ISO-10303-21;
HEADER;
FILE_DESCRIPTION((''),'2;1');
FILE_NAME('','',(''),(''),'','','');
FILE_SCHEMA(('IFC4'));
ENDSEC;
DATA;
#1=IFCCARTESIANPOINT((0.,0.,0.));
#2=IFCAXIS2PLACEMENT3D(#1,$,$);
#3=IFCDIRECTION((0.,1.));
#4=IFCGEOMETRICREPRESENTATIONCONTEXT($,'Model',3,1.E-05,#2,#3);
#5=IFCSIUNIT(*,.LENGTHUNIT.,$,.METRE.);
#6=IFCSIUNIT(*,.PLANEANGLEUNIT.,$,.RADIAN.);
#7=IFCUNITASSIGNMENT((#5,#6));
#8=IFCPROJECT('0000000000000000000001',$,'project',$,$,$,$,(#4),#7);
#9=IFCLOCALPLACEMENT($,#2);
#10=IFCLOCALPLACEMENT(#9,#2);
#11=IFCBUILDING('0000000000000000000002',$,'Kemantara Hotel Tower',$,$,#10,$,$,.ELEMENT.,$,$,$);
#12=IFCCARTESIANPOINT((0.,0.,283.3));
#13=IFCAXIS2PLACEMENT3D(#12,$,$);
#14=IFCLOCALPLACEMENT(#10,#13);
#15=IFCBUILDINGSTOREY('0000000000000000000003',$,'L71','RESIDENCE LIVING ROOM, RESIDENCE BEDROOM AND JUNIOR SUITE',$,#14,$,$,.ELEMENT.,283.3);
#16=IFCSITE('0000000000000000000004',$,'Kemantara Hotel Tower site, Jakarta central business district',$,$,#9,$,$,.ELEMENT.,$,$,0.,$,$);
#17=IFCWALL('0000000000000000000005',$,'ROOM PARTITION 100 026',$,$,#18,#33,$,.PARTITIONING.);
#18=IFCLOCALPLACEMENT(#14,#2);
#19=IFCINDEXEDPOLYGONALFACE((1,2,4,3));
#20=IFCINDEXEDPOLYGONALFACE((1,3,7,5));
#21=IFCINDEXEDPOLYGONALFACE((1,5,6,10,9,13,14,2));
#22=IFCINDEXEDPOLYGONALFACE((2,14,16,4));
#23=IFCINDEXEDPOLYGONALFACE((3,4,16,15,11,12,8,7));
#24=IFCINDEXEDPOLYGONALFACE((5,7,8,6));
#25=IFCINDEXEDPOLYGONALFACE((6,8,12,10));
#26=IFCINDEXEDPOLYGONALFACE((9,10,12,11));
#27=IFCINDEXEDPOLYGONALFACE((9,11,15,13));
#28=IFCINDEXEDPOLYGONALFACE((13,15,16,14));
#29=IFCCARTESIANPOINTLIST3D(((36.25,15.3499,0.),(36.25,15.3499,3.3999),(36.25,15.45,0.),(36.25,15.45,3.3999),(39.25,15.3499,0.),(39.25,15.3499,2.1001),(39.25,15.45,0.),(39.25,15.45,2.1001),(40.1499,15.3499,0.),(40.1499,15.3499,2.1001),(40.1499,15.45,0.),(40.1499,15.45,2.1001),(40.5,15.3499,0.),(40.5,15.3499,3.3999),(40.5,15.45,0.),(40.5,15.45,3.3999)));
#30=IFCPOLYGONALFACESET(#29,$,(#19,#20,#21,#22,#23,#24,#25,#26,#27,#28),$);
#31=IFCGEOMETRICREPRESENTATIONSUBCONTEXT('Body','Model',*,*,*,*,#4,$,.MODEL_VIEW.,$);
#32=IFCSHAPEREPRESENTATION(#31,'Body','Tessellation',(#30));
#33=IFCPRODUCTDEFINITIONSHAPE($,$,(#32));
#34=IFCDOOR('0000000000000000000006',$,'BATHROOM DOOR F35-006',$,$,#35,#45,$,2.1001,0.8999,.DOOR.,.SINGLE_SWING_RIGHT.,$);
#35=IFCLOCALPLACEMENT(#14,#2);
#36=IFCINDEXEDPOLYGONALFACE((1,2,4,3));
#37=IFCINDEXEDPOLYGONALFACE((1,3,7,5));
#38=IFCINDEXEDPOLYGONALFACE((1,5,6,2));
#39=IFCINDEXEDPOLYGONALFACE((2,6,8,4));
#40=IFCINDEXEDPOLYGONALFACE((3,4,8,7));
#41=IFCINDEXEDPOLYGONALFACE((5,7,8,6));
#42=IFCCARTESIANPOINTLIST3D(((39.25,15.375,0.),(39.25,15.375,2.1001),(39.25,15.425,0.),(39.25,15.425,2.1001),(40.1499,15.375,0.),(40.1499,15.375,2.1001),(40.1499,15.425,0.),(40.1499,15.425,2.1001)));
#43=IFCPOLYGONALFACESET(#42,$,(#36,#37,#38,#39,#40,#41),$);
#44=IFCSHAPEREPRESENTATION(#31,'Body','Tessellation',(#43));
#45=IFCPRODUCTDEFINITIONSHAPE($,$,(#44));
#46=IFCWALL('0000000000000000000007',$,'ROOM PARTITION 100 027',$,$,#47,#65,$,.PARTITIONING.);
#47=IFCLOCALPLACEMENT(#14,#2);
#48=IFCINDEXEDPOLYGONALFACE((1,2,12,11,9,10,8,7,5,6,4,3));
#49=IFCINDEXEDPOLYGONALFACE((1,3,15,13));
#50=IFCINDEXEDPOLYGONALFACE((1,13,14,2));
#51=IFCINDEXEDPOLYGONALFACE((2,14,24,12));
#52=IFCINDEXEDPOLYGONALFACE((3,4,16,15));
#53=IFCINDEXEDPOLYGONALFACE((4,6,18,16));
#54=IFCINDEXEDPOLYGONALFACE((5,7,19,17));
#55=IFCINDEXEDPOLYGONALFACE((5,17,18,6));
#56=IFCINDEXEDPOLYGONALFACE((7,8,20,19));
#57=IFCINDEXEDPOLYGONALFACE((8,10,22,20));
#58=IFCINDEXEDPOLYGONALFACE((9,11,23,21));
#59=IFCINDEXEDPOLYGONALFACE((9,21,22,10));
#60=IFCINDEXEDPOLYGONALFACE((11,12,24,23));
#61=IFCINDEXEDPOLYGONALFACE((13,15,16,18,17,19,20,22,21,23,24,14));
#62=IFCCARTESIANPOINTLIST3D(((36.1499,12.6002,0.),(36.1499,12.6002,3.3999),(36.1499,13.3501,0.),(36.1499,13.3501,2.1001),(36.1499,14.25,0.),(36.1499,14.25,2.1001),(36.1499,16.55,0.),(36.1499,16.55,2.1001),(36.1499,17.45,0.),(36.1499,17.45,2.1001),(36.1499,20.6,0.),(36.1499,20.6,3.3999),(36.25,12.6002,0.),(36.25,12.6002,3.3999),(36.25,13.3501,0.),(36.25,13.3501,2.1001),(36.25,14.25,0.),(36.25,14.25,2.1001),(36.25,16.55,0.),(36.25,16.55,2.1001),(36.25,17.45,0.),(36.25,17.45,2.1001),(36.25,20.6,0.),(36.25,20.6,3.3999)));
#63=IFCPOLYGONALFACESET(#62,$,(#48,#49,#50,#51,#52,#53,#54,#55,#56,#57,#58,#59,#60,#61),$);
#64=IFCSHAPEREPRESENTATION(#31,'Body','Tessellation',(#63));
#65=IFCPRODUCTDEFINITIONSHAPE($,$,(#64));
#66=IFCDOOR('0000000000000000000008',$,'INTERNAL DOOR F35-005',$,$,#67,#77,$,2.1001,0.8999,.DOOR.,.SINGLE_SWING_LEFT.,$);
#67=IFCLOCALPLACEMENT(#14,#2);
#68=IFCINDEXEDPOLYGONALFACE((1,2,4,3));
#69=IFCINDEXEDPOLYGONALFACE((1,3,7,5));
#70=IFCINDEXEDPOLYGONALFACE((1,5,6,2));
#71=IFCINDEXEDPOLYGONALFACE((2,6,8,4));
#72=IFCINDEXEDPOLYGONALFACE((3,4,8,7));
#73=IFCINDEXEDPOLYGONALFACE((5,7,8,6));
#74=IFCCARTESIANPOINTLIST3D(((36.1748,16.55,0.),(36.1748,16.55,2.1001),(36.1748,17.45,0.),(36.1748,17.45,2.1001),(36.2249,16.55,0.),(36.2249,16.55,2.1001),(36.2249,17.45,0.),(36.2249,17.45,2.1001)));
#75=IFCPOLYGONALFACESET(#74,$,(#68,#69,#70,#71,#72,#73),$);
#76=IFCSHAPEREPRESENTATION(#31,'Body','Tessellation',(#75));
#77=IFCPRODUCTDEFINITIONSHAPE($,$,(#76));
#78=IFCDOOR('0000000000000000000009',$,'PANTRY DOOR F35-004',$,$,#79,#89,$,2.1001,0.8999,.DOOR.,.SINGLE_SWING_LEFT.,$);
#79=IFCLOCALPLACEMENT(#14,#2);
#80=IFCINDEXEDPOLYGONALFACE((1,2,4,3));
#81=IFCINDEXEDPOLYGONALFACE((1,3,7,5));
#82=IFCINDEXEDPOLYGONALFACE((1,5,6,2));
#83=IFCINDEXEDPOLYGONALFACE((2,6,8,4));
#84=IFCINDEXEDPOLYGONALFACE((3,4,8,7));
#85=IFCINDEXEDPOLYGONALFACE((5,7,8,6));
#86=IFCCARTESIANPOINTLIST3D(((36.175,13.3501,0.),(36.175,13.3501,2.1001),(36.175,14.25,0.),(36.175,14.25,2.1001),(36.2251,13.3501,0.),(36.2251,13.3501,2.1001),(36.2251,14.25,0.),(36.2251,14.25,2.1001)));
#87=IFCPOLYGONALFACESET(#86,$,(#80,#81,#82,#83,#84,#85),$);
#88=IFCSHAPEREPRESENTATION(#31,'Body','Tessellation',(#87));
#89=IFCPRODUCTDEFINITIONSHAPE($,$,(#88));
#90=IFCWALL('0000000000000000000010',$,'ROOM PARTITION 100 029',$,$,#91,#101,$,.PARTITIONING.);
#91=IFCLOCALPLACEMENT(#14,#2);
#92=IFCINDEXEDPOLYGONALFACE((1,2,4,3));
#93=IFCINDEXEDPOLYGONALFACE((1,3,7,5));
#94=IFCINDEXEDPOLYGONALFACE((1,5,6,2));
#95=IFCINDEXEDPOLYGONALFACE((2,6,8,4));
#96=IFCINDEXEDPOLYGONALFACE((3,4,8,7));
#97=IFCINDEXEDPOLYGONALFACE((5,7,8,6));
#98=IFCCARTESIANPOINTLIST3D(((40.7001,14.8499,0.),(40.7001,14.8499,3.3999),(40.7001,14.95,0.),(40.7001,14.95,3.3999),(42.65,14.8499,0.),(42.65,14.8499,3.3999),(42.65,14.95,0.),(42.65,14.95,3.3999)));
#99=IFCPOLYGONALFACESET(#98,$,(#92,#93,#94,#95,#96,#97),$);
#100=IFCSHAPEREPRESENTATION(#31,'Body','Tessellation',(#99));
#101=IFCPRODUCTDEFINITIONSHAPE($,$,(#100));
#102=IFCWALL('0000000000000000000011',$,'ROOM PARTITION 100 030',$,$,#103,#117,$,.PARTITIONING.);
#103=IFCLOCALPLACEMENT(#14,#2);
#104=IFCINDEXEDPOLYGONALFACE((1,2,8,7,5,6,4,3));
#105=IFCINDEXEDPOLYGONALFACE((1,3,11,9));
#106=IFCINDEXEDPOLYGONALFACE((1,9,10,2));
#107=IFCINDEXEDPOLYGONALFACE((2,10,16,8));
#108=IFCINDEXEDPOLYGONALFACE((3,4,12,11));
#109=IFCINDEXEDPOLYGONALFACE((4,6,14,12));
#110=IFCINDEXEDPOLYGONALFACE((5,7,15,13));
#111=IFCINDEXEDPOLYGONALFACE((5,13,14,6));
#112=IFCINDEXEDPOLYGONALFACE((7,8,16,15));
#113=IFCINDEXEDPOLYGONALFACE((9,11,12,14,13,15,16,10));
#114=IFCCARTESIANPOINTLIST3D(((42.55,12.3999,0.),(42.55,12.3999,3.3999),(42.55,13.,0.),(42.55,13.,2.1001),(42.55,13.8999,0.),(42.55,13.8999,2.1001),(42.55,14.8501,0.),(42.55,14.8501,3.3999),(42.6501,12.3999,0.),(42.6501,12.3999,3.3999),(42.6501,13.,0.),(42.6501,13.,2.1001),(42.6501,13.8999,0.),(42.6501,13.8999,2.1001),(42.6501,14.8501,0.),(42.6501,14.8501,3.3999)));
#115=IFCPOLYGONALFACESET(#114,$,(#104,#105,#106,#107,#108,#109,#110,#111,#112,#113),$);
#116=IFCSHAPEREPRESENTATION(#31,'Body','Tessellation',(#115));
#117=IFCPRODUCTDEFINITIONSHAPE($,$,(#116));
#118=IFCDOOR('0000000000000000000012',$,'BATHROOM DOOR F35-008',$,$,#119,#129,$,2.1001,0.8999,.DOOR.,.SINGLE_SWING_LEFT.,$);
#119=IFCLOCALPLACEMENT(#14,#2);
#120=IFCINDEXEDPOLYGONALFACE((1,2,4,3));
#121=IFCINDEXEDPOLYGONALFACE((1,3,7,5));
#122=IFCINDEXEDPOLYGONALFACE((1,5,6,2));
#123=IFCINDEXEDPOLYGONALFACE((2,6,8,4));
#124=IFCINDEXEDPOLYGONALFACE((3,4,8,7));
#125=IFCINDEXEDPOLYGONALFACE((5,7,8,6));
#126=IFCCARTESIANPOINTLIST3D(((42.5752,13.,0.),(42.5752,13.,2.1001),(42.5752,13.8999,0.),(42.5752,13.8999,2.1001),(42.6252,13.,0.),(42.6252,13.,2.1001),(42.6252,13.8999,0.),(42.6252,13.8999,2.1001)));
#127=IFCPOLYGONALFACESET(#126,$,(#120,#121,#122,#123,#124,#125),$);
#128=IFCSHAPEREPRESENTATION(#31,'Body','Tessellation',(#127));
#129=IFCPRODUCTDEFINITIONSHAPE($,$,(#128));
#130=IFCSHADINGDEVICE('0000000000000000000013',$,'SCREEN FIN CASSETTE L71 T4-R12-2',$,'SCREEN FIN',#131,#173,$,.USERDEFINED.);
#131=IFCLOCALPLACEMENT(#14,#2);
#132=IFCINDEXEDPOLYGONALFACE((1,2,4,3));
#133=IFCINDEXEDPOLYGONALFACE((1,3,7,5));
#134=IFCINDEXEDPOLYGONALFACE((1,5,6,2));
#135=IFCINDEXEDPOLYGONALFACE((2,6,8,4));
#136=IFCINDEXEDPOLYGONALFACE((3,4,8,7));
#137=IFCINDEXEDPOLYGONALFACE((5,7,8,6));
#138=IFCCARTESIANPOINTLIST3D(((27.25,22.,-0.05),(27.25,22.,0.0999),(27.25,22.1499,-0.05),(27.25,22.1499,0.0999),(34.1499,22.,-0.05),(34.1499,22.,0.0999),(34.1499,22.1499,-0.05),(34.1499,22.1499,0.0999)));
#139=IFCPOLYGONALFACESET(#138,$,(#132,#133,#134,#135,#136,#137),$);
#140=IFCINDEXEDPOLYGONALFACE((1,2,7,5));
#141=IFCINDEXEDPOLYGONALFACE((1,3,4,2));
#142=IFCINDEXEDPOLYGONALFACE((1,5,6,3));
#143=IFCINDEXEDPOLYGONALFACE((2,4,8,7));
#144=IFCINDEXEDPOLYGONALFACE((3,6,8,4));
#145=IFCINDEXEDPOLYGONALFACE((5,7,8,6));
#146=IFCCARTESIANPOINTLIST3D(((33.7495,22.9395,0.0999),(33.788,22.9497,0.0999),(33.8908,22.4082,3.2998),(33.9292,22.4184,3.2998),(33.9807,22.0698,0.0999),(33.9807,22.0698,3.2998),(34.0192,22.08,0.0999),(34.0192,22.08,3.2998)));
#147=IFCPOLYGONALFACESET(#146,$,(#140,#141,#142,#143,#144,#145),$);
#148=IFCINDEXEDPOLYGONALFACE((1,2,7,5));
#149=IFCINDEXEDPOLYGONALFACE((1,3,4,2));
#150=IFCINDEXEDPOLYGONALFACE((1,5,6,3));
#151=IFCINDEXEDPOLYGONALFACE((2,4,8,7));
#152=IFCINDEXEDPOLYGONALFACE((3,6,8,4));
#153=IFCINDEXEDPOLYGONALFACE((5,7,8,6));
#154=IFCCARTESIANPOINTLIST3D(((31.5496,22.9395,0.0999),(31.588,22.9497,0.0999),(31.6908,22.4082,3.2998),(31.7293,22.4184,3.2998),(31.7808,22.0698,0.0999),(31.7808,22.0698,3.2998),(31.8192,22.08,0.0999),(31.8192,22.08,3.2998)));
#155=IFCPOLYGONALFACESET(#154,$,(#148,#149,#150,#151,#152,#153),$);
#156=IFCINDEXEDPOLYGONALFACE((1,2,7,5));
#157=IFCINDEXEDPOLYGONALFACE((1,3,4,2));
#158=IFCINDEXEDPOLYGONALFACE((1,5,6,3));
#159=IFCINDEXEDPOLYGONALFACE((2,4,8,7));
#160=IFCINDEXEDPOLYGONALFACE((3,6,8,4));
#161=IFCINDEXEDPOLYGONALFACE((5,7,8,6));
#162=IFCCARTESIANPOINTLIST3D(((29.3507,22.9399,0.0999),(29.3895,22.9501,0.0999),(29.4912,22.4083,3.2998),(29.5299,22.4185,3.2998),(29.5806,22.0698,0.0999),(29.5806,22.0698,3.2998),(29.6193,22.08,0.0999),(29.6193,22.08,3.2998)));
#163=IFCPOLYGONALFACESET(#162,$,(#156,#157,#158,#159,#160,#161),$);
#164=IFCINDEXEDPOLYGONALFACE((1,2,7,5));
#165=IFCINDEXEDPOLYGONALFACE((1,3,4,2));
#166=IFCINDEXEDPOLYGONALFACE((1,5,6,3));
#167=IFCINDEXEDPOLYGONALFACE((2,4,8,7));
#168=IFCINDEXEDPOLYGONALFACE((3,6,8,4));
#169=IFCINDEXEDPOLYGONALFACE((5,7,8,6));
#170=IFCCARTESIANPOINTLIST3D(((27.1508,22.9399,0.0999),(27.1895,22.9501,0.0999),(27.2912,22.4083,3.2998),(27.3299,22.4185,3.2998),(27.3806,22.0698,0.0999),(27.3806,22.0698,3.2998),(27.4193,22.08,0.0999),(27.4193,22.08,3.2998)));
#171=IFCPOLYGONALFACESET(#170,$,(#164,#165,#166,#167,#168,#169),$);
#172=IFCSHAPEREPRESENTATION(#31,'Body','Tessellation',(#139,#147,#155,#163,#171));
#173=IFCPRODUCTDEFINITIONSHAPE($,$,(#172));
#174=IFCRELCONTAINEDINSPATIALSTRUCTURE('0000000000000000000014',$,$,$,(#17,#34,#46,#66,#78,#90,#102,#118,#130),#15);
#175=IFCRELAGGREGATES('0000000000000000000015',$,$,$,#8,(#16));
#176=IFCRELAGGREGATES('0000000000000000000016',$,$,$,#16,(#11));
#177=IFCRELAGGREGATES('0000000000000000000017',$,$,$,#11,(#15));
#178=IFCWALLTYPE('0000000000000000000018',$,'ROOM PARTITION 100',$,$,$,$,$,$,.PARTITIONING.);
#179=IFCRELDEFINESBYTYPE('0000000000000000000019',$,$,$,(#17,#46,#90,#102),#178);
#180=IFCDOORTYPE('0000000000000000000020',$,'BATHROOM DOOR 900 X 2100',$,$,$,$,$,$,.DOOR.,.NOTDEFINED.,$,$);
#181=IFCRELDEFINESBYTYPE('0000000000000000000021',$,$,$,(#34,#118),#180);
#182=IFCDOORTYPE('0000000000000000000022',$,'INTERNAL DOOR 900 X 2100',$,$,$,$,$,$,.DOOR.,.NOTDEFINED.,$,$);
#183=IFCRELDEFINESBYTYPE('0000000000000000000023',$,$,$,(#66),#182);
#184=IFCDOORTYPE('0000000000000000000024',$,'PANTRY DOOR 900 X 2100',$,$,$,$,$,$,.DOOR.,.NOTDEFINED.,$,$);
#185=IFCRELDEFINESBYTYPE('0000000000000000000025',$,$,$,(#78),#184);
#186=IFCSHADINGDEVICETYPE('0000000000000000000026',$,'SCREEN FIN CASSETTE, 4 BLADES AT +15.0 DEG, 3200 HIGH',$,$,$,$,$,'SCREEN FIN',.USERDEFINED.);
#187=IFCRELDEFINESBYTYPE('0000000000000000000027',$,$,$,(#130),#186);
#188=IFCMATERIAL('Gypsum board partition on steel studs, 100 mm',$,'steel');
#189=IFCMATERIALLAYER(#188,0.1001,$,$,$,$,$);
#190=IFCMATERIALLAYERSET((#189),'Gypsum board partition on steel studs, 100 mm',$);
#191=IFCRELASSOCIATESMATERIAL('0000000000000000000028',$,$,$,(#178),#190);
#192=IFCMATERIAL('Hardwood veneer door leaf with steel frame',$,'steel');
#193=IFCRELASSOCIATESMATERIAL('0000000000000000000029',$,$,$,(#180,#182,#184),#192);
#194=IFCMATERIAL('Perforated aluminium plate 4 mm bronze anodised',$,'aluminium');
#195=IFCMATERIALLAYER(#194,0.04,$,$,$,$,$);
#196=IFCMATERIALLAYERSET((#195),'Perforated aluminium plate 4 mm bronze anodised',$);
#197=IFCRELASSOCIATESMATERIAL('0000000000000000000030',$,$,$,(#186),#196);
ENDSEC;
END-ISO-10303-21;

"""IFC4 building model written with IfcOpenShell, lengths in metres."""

from ifc_helpers import new_model, si_unit, direction, frame, frame_2d, origin, origin_2d, place, context, subcontext, project, spatial, polyline, rectangle, outline, extrude, source, transform, mapped, material, layer, layer_set, type_object, element, fill, save


model = new_model("IFC4")

# Units and contexts
model_context = context("Model", 3, precision=1e-05, world=origin(), true_north=direction((0.0, 1.0)))
body_context = subcontext(model_context, "Body", "Model", "MODEL_VIEW")
ifc_project = project(units=[si_unit("LENGTHUNIT", "METRE"), si_unit("PLANEANGLEUNIT", "RADIAN")], contexts=[model_context])

# Site, building, storey
site_placement = place(None, origin())
site = spatial("IfcSite", under=ifc_project, at=site_placement, Name="Kemantara Hotel Tower site, Jakarta central business district", CompositionType="ELEMENT", RefElevation=0.0)
building_placement = place(site_placement, origin())
building = spatial("IfcBuilding", under=site, at=building_placement, Name="Kemantara Hotel Tower", CompositionType="ELEMENT")
storey_placement = place(building_placement, frame((0.0, 0.0, 283.3)))
storey = spatial("IfcBuildingStorey", under=building, at=storey_placement, Name="L71", Description="RESIDENCE LIVING ROOM, RESIDENCE BEDROOM AND JUNIOR SUITE", CompositionType="ELEMENT", Elevation=283.3)

# Wall, opening, door
ifc_material_1 = material(Name="Gypsum board partition on steel studs, 100 mm", Category="steel")
ifc_layer_1 = layer(ifc_material_1, 0.1001)
ifc_layer_set_1 = layer_set([ifc_layer_1], Name="Gypsum board partition on steel studs, 100 mm")
wall_type_1 = type_object("IfcWallType", Name="ROOM PARTITION 100", PredefinedType="PARTITIONING", material=ifc_layer_set_1)
ifc_material_2 = material(Name="Hardwood veneer door leaf with steel frame", Category="steel")
door_type_1 = type_object("IfcDoorType", Name="BATHROOM DOOR 900 X 2100", OperationType="NOTDEFINED", PredefinedType="DOOR", material=ifc_material_2)
wall_1_placement = place(storey_placement, frame((40.5, 15.3999, 0.0), z_axis=(0.0, 0.0, 1.0), x_axis=(-1.0, 0.0, 0.0)))
wall_1 = element("IfcWall", 1, at=wall_1_placement, inside=storey, type_object=wall_type_1, Name="ROOM PARTITION 100 026", PredefinedType="PARTITIONING", context=body_context, shape_type="SweptSolid", body=[
    extrude(rectangle(XDim=4.25, YDim=0.1001, at=frame_2d((2.125, 0.0))), origin(), (0.0, 0.0, 1.0), 3.3999),
])
opening_1_placement = place(wall_1_placement, frame((0.3501, 0.0, 0.0)))
opening_1 = element("IfcOpeningElement", 2, at=opening_1_placement, cuts=wall_1, PredefinedType="OPENING", context=body_context, shape_type="SweptSolid", body=[
    extrude(rectangle(XDim=0.8999, YDim=2.1001, at=frame_2d((0.45, 1.05))), frame((0.0, 0.0601, 0.0), z_axis=(0.0, -1.0, 0.0), x_axis=(1.0, 0.0, 0.0)), (0.0, 0.0, 1.0), 0.1201),
])
door_1_placement = place(opening_1_placement, origin())
door_1 = element("IfcDoor", 3, at=door_1_placement, inside=storey, type_object=door_type_1, Name="BATHROOM DOOR F35-006", OperationType="SINGLE_SWING_RIGHT", OverallHeight=2.1001, OverallWidth=0.8999, PredefinedType="DOOR", context=body_context, shape_type="SweptSolid", body=[
    extrude(rectangle(XDim=0.8999, YDim=2.1001, at=frame_2d((0.45, 1.05))), frame((0.0, 0.0249, 0.0), z_axis=(0.0, -1.0, 0.0), x_axis=(1.0, 0.0, 0.0)), (0.0, 0.0, 1.0), 0.05),
])
fill(opening_1, door_1)

# Wall, openings, doors
wall_2_placement = place(storey_placement, frame((36.2, 12.6001, 0.0), z_axis=(0.0, 0.0, 1.0), x_axis=(0.0, 1.0, 0.0)))
wall_2 = element("IfcWall", 4, at=wall_2_placement, inside=storey, type_object=wall_type_1, Name="ROOM PARTITION 100 027", PredefinedType="PARTITIONING", context=body_context, shape_type="SweptSolid", body=[
    extrude(rectangle(XDim=7.9998, YDim=0.1001, at=frame_2d((4.0, 0.0))), origin(), (0.0, 0.0, 1.0), 3.3999),
])
opening_2_placement = place(wall_2_placement, frame((0.75, 0.0, 0.0)))
opening_2 = element("IfcOpeningElement", 5, at=opening_2_placement, cuts=wall_2, PredefinedType="OPENING", context=body_context, shape_type="SweptSolid", body=[
    extrude(rectangle(XDim=0.8999, YDim=2.1001, at=frame_2d((0.45, 1.05))), frame((0.0, 0.0601, 0.0), z_axis=(0.0, -1.0, 0.0), x_axis=(1.0, 0.0, 0.0)), (0.0, 0.0, 1.0), 0.1201),
])
opening_3_placement = place(wall_2_placement, frame((3.95, 0.0, 0.0)))
opening_3 = element("IfcOpeningElement", 6, at=opening_3_placement, cuts=wall_2, PredefinedType="OPENING", context=body_context, shape_type="SweptSolid", body=[
    extrude(rectangle(XDim=0.8999, YDim=2.1001, at=frame_2d((0.45, 1.05))), frame((0.0, 0.0601, 0.0), z_axis=(0.0, -1.0, 0.0), x_axis=(1.0, 0.0, 0.0)), (0.0, 0.0, 1.0), 0.1201),
])
door_type_2 = type_object("IfcDoorType", Name="INTERNAL DOOR 900 X 2100", OperationType="NOTDEFINED", PredefinedType="DOOR", material=ifc_material_2)
door_2_placement = place(opening_3_placement, frame((0.8999, 0.0, 0.0), z_axis=(0.0, 0.0, 1.0), x_axis=(-1.0, 0.0, 0.0)))
door_2 = element("IfcDoor", 7, at=door_2_placement, inside=storey, type_object=door_type_2, Name="INTERNAL DOOR F35-005", OperationType="SINGLE_SWING_LEFT", OverallHeight=2.1001, OverallWidth=0.8999, PredefinedType="DOOR", context=body_context, shape_type="SweptSolid", body=[
    extrude(rectangle(XDim=0.8999, YDim=2.1001, at=frame_2d((0.45, 1.05))), frame((0.0, 0.0249, 0.0), z_axis=(0.0, -1.0, 0.0), x_axis=(1.0, 0.0, 0.0)), (0.0, 0.0, 1.0), 0.05),
])
fill(opening_3, door_2)
door_type_3 = type_object("IfcDoorType", Name="PANTRY DOOR 900 X 2100", OperationType="NOTDEFINED", PredefinedType="DOOR", material=ifc_material_2)
door_3_placement = place(opening_2_placement, origin())
door_3 = element("IfcDoor", 8, at=door_3_placement, inside=storey, type_object=door_type_3, Name="PANTRY DOOR F35-004", OperationType="SINGLE_SWING_LEFT", OverallHeight=2.1001, OverallWidth=0.8999, PredefinedType="DOOR", context=body_context, shape_type="SweptSolid", body=[
    extrude(rectangle(XDim=0.8999, YDim=2.1001, at=frame_2d((0.45, 1.05))), frame((0.0, 0.0249, 0.0), z_axis=(0.0, -1.0, 0.0), x_axis=(1.0, 0.0, 0.0)), (0.0, 0.0, 1.0), 0.05),
])
fill(opening_2, door_3)

# Wall
wall_3_placement = place(storey_placement, frame((40.7, 14.8999, 0.0), z_axis=(0.0, 0.0, 1.0), x_axis=(1.0, 0.0, 0.0)))
element("IfcWall", 9, at=wall_3_placement, inside=storey, type_object=wall_type_1, Name="ROOM PARTITION 100 029", PredefinedType="PARTITIONING", context=body_context, shape_type="SweptSolid", body=[
    extrude(rectangle(XDim=1.95, YDim=0.1001, at=frame_2d((0.9751, 0.0))), origin(), (0.0, 0.0, 1.0), 3.3999),
])

# Wall, opening, door
wall_4_placement = place(storey_placement, frame((42.6001, 12.3999, 0.0), z_axis=(0.0, 0.0, 1.0), x_axis=(0.0, 1.0, 0.0)))
wall_4 = element("IfcWall", 10, at=wall_4_placement, inside=storey, type_object=wall_type_1, Name="ROOM PARTITION 100 030", PredefinedType="PARTITIONING", context=body_context, shape_type="SweptSolid", body=[
    extrude(rectangle(XDim=2.4502, YDim=0.1001, at=frame_2d((1.2251, 0.0))), origin(), (0.0, 0.0, 1.0), 3.3999),
])
opening_4_placement = place(wall_4_placement, frame((0.6001, 0.0, 0.0)))
opening_4 = element("IfcOpeningElement", 11, at=opening_4_placement, cuts=wall_4, PredefinedType="OPENING", context=body_context, shape_type="SweptSolid", body=[
    extrude(rectangle(XDim=0.8999, YDim=2.1001, at=frame_2d((0.45, 1.05))), frame((0.0, 0.0601, 0.0), z_axis=(0.0, -1.0, 0.0), x_axis=(1.0, 0.0, 0.0)), (0.0, 0.0, 1.0), 0.1201),
])
door_4_placement = place(opening_4_placement, origin())
door_4 = element("IfcDoor", 12, at=door_4_placement, inside=storey, type_object=door_type_1, Name="BATHROOM DOOR F35-008", OperationType="SINGLE_SWING_LEFT", OverallHeight=2.1001, OverallWidth=0.8999, PredefinedType="DOOR", context=body_context, shape_type="SweptSolid", body=[
    extrude(rectangle(XDim=0.8999, YDim=2.1001, at=frame_2d((0.45, 1.05))), frame((0.0, 0.0249, 0.0), z_axis=(0.0, -1.0, 0.0), x_axis=(1.0, 0.0, 0.0)), (0.0, 0.0, 1.0), 0.05),
])
fill(opening_4, door_4)

# Shading device
ifc_material_3 = material(Name="Perforated aluminium plate 4 mm bronze anodised", Category="aluminium")
ifc_layer_2 = layer(ifc_material_3, 0.04)
ifc_layer_set_2 = layer_set([ifc_layer_2], Name="Perforated aluminium plate 4 mm bronze anodised")
shading_device_type_1 = type_object("IfcShadingDeviceType", Name="SCREEN FIN CASSETTE, 4 BLADES AT +15.0 DEG, 3200 HIGH", ElementType="SCREEN FIN", PredefinedType="USERDEFINED", material=ifc_layer_set_2)
shared_shape_1 = source(origin(), body_context, "Body", "SweptSolid", [
    extrude(rectangle(XDim=6.8999, YDim=0.1499, at=origin_2d()), frame((3.3, -0.075, -0.1499), z_axis=(0.0, 0.0, 1.0), x_axis=(1.0, 0.0, 0.0)), (0.0, 0.0, 1.0), 0.1499),
    extrude(outline(polyline([(0.0, 0.0), (0.8999, 0.0), (0.3501, 3.2), (0.0, 3.2), (0.0, 0.0)])), frame((0.0193, -0.0698, 0.0), z_axis=(-0.966438, -0.256901, 0.0), x_axis=(0.256901, -0.966438, 0.0)), (0.0, 0.0, 1.0), 0.0398),
    extrude(outline(polyline([(0.0, 0.0), (0.8999, 0.0), (0.3501, 3.2), (0.0, 3.2), (0.0, 0.0)])), frame((2.2192, -0.0698, 0.0), z_axis=(-0.966438, -0.256901, 0.0), x_axis=(0.256901, -0.966438, 0.0)), (0.0, 0.0, 1.0), 0.0398),
    extrude(outline(polyline([(0.0, 0.0), (0.8999, 0.0), (0.3501, 3.2), (0.0, 3.2), (0.0, 0.0)])), frame((4.4194, -0.0698, 0.0), z_axis=(-0.966838, -0.255391, 0.0), x_axis=(0.255391, -0.966838, 0.0)), (0.0, 0.0, 1.0), 0.04),
    extrude(outline(polyline([(0.0, 0.0), (0.8999, 0.0), (0.3501, 3.2), (0.0, 3.2), (0.0, 0.0)])), frame((6.6194, -0.0698, 0.0), z_axis=(-0.966838, -0.255391, 0.0), x_axis=(0.255391, -0.966838, 0.0)), (0.0, 0.0, 1.0), 0.04),
])
shading_device_1_placement = place(storey_placement, frame((34.0, 22.0, 0.0999), z_axis=(0.0, 0.0, 1.0), x_axis=(-1.0, 0.0, 0.0)))
element("IfcShadingDevice", 13, at=shading_device_1_placement, inside=storey, type_object=shading_device_type_1, Name="SCREEN FIN CASSETTE L71 T4-R12-2", ObjectType="SCREEN FIN", PredefinedType="USERDEFINED", context=body_context, shape_type="MappedRepresentation", body=[
    mapped(shared_shape_1, transform((0.0, 0.0, 0.0))),
])

save(model, "model.ifc")
